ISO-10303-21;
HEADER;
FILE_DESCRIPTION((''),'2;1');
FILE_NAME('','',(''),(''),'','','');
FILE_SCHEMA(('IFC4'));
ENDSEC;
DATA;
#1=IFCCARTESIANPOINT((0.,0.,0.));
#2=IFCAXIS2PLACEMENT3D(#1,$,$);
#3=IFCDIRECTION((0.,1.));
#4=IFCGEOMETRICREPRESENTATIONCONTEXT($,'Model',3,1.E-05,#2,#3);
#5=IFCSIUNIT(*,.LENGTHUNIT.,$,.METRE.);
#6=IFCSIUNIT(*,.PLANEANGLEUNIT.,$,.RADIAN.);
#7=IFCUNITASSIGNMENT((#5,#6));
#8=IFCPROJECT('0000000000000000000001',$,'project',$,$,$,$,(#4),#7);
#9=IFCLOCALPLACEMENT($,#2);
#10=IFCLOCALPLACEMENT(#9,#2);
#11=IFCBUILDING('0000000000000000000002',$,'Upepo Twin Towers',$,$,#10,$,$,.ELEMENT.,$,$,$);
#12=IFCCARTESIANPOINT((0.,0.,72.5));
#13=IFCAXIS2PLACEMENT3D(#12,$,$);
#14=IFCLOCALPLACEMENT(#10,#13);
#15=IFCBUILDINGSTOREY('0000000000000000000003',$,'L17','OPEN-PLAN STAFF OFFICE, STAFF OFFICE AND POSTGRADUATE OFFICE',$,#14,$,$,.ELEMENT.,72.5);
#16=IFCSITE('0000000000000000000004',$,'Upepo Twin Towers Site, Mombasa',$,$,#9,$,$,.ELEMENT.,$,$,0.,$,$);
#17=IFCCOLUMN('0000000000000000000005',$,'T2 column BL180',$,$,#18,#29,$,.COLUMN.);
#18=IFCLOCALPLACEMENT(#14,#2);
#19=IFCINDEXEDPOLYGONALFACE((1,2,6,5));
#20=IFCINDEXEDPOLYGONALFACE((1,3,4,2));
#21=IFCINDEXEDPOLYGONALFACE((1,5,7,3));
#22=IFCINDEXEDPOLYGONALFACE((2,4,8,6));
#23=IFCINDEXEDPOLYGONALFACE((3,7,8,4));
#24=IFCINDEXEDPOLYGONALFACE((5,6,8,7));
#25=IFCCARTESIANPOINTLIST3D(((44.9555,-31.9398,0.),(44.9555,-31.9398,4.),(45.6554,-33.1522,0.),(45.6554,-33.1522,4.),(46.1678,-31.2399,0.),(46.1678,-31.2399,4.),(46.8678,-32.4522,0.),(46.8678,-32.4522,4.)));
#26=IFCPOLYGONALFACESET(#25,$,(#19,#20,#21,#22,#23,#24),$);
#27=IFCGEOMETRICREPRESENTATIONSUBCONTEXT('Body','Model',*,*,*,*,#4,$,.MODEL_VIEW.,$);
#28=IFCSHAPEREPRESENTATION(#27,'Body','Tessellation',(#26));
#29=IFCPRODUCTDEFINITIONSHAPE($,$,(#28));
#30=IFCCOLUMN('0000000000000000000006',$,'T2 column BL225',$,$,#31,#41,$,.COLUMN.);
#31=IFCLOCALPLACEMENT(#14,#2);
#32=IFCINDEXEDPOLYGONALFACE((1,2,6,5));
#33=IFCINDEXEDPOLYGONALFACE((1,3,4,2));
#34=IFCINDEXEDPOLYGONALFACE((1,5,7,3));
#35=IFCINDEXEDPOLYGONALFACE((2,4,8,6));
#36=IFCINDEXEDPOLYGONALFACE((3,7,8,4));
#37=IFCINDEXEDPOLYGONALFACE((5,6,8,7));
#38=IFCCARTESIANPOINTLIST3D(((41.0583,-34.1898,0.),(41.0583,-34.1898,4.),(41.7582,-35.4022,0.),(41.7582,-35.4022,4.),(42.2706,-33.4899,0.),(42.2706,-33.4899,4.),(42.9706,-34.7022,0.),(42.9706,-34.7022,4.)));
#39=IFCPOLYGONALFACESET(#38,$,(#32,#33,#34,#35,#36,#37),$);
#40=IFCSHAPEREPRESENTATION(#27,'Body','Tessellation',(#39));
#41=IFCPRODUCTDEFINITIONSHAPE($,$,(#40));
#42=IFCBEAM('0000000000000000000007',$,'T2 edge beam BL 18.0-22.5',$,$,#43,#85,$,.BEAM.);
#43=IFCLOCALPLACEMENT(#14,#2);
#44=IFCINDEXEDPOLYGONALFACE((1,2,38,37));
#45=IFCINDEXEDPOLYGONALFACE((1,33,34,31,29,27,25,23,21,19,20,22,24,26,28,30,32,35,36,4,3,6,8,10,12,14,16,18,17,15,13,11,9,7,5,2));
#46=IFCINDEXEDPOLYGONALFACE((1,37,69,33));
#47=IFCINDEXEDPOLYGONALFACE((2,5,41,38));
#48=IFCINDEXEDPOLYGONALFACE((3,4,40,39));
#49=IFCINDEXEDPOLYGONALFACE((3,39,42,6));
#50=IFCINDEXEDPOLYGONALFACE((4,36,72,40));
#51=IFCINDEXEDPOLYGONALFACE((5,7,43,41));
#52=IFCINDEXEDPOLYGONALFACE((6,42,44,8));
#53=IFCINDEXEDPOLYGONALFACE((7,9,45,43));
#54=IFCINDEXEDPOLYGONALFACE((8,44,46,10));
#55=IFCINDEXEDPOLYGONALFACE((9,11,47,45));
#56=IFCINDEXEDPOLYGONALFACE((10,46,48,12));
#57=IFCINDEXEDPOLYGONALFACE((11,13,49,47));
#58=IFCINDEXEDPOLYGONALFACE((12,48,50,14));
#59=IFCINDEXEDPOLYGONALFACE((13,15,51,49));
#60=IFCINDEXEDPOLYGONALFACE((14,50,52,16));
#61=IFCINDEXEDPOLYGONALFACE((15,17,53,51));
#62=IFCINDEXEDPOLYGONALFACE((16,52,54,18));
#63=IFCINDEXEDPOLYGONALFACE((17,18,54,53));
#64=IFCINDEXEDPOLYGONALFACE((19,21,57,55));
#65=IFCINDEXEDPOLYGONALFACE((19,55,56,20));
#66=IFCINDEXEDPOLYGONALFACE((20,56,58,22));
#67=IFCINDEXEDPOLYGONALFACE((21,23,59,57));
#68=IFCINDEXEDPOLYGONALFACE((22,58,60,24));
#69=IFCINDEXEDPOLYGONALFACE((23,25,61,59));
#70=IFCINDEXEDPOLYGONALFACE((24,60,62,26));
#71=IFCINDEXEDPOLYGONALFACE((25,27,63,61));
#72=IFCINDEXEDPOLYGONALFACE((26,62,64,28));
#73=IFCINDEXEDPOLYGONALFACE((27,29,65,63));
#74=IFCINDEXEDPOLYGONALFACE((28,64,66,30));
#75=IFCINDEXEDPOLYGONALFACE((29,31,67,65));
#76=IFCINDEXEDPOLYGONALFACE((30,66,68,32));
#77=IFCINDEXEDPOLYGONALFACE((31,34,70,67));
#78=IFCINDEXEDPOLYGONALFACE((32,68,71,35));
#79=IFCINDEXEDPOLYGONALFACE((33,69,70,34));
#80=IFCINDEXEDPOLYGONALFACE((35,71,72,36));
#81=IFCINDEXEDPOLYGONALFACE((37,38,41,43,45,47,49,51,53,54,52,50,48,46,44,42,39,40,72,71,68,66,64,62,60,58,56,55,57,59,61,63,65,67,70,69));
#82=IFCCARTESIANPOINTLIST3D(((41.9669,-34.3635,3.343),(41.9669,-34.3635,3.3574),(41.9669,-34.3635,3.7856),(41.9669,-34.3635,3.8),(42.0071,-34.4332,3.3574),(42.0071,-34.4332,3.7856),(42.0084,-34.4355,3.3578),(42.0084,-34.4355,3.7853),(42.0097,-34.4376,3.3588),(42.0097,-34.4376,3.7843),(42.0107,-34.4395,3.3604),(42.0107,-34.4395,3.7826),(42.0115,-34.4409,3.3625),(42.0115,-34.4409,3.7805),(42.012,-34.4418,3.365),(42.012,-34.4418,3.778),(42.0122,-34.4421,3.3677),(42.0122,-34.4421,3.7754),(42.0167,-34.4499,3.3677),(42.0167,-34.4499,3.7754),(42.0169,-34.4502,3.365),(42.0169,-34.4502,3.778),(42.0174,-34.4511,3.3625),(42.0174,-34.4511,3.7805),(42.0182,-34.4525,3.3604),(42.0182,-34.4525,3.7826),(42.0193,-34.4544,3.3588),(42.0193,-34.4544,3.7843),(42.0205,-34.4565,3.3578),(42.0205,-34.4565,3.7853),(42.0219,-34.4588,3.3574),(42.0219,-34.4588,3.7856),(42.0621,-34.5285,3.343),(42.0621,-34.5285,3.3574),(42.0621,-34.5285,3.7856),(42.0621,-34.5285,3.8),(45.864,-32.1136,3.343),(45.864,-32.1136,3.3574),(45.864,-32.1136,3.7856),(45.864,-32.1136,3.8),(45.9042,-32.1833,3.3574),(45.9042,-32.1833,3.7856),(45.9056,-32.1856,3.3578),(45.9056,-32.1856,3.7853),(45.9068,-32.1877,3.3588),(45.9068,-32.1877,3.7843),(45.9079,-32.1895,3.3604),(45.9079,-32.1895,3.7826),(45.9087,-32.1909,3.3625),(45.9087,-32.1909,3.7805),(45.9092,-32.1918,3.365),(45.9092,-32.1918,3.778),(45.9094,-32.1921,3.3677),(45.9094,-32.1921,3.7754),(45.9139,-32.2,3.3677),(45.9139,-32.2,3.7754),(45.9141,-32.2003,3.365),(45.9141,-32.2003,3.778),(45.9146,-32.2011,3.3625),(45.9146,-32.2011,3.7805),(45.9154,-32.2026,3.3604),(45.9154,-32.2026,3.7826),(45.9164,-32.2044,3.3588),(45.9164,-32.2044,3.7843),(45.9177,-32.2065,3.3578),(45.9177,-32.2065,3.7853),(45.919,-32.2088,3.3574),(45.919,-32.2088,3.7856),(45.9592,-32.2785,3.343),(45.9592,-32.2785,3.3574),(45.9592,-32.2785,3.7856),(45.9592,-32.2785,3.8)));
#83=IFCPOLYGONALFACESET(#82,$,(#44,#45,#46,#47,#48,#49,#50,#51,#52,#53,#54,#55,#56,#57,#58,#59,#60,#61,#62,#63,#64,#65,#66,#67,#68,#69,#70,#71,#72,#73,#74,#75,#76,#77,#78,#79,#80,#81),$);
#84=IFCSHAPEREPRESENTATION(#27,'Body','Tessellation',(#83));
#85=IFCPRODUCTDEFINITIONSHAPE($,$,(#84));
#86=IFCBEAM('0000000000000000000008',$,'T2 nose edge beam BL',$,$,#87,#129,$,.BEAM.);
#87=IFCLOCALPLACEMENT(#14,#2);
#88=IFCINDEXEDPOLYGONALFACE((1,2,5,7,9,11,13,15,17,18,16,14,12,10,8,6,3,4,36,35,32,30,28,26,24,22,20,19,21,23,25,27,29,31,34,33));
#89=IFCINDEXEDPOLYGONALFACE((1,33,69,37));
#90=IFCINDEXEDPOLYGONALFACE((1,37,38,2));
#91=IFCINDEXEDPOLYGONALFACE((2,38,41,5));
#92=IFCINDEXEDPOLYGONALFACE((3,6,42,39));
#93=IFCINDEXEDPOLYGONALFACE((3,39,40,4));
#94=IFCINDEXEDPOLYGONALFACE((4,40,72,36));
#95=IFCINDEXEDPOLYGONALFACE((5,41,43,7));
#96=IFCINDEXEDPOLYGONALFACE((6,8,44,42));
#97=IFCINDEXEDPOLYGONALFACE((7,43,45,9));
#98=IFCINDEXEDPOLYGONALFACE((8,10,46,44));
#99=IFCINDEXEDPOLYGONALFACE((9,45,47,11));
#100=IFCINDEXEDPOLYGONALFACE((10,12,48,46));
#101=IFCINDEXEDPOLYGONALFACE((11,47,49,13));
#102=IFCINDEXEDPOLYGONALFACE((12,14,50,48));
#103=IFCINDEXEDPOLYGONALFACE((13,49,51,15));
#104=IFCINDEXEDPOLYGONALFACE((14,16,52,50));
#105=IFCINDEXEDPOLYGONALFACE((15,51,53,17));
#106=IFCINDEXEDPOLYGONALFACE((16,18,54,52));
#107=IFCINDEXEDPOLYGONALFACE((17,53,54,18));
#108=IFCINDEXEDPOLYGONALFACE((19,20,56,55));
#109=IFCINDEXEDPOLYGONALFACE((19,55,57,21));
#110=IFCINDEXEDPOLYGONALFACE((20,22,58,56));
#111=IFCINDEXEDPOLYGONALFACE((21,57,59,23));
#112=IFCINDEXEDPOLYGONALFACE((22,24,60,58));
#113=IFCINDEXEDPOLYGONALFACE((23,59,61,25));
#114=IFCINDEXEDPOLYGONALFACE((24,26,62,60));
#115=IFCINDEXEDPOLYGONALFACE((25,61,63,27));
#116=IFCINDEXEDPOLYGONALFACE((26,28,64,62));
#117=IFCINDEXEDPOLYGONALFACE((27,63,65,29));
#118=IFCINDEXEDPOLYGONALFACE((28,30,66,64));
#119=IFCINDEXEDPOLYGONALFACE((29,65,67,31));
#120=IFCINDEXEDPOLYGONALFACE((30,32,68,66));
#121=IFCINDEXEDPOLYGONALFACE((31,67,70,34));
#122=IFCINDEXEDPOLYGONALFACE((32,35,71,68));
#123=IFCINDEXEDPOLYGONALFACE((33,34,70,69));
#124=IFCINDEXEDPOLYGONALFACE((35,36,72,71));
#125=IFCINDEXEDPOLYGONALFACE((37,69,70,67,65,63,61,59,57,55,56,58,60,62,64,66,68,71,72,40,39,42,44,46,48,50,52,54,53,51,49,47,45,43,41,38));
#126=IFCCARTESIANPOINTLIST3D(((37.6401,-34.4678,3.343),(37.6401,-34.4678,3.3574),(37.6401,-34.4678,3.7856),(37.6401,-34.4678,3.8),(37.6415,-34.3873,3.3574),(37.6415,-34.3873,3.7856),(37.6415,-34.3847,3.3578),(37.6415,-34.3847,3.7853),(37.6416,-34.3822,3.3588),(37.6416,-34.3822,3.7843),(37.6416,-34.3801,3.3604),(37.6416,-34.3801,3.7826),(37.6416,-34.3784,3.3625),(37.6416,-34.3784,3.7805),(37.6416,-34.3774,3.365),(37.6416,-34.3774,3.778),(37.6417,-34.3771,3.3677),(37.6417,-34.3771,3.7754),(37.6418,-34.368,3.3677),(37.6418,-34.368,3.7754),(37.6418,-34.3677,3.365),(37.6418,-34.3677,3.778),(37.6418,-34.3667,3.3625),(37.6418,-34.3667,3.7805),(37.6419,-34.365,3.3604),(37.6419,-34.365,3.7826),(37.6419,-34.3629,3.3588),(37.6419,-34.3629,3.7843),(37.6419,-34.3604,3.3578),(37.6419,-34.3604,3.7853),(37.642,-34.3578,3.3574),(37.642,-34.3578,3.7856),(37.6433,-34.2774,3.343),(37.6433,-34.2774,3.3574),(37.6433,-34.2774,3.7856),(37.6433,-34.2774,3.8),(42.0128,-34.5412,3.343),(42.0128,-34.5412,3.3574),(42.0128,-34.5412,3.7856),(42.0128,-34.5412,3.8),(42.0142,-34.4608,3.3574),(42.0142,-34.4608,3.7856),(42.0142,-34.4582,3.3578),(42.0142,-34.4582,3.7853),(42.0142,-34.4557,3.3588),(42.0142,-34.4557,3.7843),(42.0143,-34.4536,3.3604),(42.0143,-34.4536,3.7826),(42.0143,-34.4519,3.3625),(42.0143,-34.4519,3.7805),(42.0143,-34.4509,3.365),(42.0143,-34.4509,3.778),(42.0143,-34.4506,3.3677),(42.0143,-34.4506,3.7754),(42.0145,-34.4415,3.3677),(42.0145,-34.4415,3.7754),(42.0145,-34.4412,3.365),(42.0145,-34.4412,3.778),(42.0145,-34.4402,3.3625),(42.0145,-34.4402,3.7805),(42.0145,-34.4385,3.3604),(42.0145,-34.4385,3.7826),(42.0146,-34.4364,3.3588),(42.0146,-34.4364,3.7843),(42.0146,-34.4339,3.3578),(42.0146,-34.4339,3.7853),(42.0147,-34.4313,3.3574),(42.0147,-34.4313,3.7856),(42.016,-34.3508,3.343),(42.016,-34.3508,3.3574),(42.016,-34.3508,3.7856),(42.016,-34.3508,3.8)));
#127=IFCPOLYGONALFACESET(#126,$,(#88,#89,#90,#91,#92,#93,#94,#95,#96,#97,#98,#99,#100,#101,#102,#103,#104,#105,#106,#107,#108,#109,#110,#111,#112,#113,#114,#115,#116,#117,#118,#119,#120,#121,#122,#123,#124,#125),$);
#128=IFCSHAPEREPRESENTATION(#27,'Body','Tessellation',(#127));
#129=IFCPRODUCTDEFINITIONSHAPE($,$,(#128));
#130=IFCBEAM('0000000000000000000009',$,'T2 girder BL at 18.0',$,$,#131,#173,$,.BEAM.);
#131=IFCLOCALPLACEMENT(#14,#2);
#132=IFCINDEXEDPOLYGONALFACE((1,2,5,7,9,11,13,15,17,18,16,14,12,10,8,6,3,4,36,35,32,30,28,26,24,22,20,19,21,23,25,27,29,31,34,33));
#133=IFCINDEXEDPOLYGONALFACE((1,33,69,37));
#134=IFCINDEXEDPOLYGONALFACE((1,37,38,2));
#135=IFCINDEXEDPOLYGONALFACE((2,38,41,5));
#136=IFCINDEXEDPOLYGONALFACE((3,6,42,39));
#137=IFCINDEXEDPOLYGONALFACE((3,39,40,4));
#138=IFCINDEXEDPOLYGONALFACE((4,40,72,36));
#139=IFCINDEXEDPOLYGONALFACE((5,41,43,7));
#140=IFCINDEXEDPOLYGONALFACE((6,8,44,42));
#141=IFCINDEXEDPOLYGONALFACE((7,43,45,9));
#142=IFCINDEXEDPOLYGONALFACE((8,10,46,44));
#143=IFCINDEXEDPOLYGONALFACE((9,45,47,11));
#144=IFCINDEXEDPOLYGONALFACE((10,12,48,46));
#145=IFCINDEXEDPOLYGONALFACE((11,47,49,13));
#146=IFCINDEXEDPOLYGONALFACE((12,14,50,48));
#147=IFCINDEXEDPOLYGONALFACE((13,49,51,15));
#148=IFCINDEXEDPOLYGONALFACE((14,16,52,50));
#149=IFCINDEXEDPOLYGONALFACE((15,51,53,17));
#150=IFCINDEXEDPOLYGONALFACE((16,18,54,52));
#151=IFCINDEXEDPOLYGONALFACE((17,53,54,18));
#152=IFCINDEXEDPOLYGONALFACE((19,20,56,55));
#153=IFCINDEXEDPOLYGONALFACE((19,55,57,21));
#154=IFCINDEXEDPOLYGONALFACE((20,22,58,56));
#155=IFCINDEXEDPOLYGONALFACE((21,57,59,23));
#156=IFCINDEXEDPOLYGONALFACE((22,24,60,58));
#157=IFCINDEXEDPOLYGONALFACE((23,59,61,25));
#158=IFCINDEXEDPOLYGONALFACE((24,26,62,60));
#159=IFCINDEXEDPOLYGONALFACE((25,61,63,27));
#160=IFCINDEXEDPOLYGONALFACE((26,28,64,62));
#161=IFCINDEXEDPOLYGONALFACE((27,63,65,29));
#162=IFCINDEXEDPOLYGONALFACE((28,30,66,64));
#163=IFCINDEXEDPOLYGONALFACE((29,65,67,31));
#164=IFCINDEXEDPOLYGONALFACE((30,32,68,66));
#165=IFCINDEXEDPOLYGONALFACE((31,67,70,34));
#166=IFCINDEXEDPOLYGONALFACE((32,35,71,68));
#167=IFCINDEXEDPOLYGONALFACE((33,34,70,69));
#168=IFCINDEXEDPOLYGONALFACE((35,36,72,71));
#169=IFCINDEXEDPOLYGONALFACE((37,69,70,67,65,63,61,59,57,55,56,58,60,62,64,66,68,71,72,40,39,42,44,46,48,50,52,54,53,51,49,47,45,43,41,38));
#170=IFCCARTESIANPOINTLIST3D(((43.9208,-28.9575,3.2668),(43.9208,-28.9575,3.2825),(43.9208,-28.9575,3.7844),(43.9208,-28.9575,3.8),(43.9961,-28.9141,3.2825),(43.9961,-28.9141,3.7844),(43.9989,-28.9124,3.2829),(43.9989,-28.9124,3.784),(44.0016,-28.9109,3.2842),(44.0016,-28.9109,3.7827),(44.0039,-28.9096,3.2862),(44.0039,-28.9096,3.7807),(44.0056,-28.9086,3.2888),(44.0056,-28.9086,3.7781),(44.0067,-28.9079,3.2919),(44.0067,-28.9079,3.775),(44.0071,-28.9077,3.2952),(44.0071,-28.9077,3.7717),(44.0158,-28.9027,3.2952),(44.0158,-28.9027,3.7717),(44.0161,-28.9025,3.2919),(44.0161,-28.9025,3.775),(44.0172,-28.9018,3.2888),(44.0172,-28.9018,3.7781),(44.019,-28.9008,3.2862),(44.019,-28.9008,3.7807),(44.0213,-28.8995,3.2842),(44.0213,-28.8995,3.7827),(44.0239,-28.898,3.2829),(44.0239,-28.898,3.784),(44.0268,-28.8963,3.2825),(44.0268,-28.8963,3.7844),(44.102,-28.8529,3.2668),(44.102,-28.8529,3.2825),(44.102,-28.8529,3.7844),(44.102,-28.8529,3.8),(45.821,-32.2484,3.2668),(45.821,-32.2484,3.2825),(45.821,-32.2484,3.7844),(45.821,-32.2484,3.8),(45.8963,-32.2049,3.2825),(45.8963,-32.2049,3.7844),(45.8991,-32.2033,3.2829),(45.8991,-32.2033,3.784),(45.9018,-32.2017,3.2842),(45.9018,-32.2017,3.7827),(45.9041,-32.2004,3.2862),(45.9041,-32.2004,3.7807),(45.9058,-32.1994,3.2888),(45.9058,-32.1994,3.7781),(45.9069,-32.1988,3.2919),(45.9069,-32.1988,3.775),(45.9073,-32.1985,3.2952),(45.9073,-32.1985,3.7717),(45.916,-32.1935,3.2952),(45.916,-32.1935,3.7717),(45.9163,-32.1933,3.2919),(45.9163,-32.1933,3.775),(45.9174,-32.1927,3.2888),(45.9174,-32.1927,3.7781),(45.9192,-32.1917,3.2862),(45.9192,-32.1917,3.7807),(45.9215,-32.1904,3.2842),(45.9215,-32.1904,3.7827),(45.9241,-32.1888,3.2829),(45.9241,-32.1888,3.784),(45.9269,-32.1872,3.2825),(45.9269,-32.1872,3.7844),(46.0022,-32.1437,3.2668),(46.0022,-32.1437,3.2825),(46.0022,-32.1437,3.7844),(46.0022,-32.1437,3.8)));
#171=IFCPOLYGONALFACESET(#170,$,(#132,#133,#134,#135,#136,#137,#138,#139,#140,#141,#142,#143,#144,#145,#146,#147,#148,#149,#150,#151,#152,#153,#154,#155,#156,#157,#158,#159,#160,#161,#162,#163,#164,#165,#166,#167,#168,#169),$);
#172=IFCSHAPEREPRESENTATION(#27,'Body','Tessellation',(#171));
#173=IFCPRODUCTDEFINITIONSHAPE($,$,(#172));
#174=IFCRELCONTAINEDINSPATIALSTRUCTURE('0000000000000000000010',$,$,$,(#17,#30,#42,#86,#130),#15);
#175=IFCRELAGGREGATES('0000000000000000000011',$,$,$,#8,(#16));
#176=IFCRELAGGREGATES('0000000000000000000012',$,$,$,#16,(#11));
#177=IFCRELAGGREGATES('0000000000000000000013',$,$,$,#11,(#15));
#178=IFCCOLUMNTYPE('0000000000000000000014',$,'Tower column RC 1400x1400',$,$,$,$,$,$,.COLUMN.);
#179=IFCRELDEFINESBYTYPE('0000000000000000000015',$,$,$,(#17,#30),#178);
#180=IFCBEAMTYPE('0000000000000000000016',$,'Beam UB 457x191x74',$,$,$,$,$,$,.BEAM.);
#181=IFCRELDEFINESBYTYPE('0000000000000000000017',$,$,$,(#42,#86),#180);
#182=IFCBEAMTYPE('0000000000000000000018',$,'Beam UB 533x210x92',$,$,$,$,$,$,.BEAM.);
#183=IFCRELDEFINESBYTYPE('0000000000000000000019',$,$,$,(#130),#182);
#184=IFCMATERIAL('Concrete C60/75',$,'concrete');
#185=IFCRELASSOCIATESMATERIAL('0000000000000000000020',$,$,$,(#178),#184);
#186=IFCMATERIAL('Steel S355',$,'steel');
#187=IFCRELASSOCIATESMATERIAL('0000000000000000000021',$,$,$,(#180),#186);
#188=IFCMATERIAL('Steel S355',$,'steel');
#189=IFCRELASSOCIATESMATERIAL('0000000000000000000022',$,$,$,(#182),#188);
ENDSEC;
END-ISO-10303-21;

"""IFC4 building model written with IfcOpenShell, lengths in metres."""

from ifc_helpers import new_model, si_unit, direction, frame, origin, origin_2d, place, context, subcontext, project, spatial, rectangle, i_section, extrude, material, material_profile, profile_set, type_object, element, save


model = new_model("IFC4")

# Units and contexts
model_context = context("Model", 3, precision=1e-05, world=origin(), true_north=direction((0.0, 1.0)))
body_context = subcontext(model_context, "Body", "Model", "MODEL_VIEW")
ifc_project = project(units=[si_unit("LENGTHUNIT", "METRE"), si_unit("PLANEANGLEUNIT", "RADIAN")], contexts=[model_context])

# Site, building, storey
site_placement = place(None, origin())
site = spatial("IfcSite", under=ifc_project, at=site_placement, Name="Upepo Twin Towers Site, Mombasa", CompositionType="ELEMENT", RefElevation=0.0)
building_placement = place(site_placement, origin())
building = spatial("IfcBuilding", under=site, at=building_placement, Name="Upepo Twin Towers", CompositionType="ELEMENT")
storey_placement = place(building_placement, frame((0.0, 0.0, 72.5)))
storey = spatial("IfcBuildingStorey", under=building, at=storey_placement, Name="L17", Description="OPEN-PLAN STAFF OFFICE, STAFF OFFICE AND POSTGRADUATE OFFICE", CompositionType="ELEMENT", Elevation=72.5)

# Columns
ifc_material_1 = material(Name="Concrete C60/75", Category="concrete")
ifc_material_profile_1 = material_profile(ifc_material_1, rectangle(XDim=1.3999, YDim=1.3999, at=origin_2d()), Name="RC 1400x1400")
ifc_profile_set_1 = profile_set([ifc_material_profile_1], Name="Concrete C60/75")
column_type = type_object("IfcColumnType", Name="Tower column RC 1400x1400", PredefinedType="COLUMN", material=ifc_profile_set_1)
for number, where, z_axis, x_axis, name in (
    (1, (45.9116, -32.196, 0.0), (0.0, 0.0, 1.0), (0.866025, 0.5, 0.0), "T2 column BL180"),
    (2, (42.0144, -34.446, 0.0), (0.0, 0.0, 1.0), (0.866025, 0.5, 0.0), "T2 column BL225"),
):
    element("IfcColumn", number, at=place(storey_placement, frame(where, z_axis=z_axis, x_axis=x_axis)), inside=storey, type_object=column_type, Name=name, PredefinedType="COLUMN", context=body_context, shape_type="SweptSolid", body=[
        extrude(rectangle(XDim=1.3999, YDim=1.3999, at=origin_2d()), origin(), (0.0, 0.0, 1.0), 4.0),
    ])

# Beams
ifc_material_2 = material(Name="Steel S355", Category="steel")
ifc_material_profile_2 = material_profile(ifc_material_2, i_section(OverallWidth=0.1904, OverallDepth=0.457, WebThickness=0.009, FlangeThickness=0.0144, FilletRadius=0.0103, at=origin_2d()), Name="UB 457x191x74")
ifc_profile_set_2 = profile_set([ifc_material_profile_2], Name="Steel S355")
beam_type_1 = type_object("IfcBeamType", Name="Beam UB 457x191x74", PredefinedType="BEAM", material=ifc_profile_set_2)
beam_1_placement = place(storey_placement, frame((45.9116, -32.196, 3.5715), z_axis=(-0.866031, -0.49999, 0.0), x_axis=(0.49999, -0.866031, 0.0)))
element("IfcBeam", 3, at=beam_1_placement, inside=storey, type_object=beam_type_1, Name="T2 edge beam BL 18.0-22.5", PredefinedType="BEAM", context=body_context, shape_type="SweptSolid", body=[
    extrude(i_section(OverallWidth=0.1904, OverallDepth=0.457, WebThickness=0.009, FlangeThickness=0.0144, FilletRadius=0.0103, at=origin_2d()), origin(), (0.0, 0.0, 1.0), 4.5),
])
beam_2_placement = place(storey_placement, frame((42.0144, -34.446, 3.5715), z_axis=(-0.999859, 0.016804, 0.0), x_axis=(-0.016804, -0.999859, 0.0)))
element("IfcBeam", 4, at=beam_2_placement, inside=storey, type_object=beam_type_1, Name="T2 nose edge beam BL", PredefinedType="BEAM", context=body_context, shape_type="SweptSolid", body=[
    extrude(i_section(OverallWidth=0.1904, OverallDepth=0.457, WebThickness=0.009, FlangeThickness=0.0144, FilletRadius=0.0103, at=origin_2d()), origin(), (0.0, 0.0, 1.0), 4.3733),
])
ifc_material_3 = material(Name="Steel S355", Category="steel")
ifc_material_profile_3 = material_profile(ifc_material_3, i_section(OverallWidth=0.2092, OverallDepth=0.5332, WebThickness=0.01, FlangeThickness=0.0156, FilletRadius=0.0127, at=origin_2d()), Name="UB 533x210x92")
ifc_profile_set_3 = profile_set([ifc_material_profile_3], Name="Steel S355")
beam_type_2 = type_object("IfcBeamType", Name="Beam UB 533x210x92", PredefinedType="BEAM", material=ifc_profile_set_3)
beam_3_placement = place(storey_placement, frame((45.9116, -32.196, 3.5334), z_axis=(-0.500043, 0.866, 0.0), x_axis=(-0.866, -0.500043, 0.0)))
element("IfcBeam", 5, at=beam_3_placement, inside=storey, type_object=beam_type_2, Name="T2 girder BL at 18.0", PredefinedType="BEAM", context=body_context, shape_type="SweptSolid", body=[
    extrude(i_section(OverallWidth=0.2092, OverallDepth=0.5332, WebThickness=0.01, FlangeThickness=0.0156, FilletRadius=0.0127, at=origin_2d()), origin(), (0.0, 0.0, 1.0), 3.8),
])

save(model, "model.ifc")
